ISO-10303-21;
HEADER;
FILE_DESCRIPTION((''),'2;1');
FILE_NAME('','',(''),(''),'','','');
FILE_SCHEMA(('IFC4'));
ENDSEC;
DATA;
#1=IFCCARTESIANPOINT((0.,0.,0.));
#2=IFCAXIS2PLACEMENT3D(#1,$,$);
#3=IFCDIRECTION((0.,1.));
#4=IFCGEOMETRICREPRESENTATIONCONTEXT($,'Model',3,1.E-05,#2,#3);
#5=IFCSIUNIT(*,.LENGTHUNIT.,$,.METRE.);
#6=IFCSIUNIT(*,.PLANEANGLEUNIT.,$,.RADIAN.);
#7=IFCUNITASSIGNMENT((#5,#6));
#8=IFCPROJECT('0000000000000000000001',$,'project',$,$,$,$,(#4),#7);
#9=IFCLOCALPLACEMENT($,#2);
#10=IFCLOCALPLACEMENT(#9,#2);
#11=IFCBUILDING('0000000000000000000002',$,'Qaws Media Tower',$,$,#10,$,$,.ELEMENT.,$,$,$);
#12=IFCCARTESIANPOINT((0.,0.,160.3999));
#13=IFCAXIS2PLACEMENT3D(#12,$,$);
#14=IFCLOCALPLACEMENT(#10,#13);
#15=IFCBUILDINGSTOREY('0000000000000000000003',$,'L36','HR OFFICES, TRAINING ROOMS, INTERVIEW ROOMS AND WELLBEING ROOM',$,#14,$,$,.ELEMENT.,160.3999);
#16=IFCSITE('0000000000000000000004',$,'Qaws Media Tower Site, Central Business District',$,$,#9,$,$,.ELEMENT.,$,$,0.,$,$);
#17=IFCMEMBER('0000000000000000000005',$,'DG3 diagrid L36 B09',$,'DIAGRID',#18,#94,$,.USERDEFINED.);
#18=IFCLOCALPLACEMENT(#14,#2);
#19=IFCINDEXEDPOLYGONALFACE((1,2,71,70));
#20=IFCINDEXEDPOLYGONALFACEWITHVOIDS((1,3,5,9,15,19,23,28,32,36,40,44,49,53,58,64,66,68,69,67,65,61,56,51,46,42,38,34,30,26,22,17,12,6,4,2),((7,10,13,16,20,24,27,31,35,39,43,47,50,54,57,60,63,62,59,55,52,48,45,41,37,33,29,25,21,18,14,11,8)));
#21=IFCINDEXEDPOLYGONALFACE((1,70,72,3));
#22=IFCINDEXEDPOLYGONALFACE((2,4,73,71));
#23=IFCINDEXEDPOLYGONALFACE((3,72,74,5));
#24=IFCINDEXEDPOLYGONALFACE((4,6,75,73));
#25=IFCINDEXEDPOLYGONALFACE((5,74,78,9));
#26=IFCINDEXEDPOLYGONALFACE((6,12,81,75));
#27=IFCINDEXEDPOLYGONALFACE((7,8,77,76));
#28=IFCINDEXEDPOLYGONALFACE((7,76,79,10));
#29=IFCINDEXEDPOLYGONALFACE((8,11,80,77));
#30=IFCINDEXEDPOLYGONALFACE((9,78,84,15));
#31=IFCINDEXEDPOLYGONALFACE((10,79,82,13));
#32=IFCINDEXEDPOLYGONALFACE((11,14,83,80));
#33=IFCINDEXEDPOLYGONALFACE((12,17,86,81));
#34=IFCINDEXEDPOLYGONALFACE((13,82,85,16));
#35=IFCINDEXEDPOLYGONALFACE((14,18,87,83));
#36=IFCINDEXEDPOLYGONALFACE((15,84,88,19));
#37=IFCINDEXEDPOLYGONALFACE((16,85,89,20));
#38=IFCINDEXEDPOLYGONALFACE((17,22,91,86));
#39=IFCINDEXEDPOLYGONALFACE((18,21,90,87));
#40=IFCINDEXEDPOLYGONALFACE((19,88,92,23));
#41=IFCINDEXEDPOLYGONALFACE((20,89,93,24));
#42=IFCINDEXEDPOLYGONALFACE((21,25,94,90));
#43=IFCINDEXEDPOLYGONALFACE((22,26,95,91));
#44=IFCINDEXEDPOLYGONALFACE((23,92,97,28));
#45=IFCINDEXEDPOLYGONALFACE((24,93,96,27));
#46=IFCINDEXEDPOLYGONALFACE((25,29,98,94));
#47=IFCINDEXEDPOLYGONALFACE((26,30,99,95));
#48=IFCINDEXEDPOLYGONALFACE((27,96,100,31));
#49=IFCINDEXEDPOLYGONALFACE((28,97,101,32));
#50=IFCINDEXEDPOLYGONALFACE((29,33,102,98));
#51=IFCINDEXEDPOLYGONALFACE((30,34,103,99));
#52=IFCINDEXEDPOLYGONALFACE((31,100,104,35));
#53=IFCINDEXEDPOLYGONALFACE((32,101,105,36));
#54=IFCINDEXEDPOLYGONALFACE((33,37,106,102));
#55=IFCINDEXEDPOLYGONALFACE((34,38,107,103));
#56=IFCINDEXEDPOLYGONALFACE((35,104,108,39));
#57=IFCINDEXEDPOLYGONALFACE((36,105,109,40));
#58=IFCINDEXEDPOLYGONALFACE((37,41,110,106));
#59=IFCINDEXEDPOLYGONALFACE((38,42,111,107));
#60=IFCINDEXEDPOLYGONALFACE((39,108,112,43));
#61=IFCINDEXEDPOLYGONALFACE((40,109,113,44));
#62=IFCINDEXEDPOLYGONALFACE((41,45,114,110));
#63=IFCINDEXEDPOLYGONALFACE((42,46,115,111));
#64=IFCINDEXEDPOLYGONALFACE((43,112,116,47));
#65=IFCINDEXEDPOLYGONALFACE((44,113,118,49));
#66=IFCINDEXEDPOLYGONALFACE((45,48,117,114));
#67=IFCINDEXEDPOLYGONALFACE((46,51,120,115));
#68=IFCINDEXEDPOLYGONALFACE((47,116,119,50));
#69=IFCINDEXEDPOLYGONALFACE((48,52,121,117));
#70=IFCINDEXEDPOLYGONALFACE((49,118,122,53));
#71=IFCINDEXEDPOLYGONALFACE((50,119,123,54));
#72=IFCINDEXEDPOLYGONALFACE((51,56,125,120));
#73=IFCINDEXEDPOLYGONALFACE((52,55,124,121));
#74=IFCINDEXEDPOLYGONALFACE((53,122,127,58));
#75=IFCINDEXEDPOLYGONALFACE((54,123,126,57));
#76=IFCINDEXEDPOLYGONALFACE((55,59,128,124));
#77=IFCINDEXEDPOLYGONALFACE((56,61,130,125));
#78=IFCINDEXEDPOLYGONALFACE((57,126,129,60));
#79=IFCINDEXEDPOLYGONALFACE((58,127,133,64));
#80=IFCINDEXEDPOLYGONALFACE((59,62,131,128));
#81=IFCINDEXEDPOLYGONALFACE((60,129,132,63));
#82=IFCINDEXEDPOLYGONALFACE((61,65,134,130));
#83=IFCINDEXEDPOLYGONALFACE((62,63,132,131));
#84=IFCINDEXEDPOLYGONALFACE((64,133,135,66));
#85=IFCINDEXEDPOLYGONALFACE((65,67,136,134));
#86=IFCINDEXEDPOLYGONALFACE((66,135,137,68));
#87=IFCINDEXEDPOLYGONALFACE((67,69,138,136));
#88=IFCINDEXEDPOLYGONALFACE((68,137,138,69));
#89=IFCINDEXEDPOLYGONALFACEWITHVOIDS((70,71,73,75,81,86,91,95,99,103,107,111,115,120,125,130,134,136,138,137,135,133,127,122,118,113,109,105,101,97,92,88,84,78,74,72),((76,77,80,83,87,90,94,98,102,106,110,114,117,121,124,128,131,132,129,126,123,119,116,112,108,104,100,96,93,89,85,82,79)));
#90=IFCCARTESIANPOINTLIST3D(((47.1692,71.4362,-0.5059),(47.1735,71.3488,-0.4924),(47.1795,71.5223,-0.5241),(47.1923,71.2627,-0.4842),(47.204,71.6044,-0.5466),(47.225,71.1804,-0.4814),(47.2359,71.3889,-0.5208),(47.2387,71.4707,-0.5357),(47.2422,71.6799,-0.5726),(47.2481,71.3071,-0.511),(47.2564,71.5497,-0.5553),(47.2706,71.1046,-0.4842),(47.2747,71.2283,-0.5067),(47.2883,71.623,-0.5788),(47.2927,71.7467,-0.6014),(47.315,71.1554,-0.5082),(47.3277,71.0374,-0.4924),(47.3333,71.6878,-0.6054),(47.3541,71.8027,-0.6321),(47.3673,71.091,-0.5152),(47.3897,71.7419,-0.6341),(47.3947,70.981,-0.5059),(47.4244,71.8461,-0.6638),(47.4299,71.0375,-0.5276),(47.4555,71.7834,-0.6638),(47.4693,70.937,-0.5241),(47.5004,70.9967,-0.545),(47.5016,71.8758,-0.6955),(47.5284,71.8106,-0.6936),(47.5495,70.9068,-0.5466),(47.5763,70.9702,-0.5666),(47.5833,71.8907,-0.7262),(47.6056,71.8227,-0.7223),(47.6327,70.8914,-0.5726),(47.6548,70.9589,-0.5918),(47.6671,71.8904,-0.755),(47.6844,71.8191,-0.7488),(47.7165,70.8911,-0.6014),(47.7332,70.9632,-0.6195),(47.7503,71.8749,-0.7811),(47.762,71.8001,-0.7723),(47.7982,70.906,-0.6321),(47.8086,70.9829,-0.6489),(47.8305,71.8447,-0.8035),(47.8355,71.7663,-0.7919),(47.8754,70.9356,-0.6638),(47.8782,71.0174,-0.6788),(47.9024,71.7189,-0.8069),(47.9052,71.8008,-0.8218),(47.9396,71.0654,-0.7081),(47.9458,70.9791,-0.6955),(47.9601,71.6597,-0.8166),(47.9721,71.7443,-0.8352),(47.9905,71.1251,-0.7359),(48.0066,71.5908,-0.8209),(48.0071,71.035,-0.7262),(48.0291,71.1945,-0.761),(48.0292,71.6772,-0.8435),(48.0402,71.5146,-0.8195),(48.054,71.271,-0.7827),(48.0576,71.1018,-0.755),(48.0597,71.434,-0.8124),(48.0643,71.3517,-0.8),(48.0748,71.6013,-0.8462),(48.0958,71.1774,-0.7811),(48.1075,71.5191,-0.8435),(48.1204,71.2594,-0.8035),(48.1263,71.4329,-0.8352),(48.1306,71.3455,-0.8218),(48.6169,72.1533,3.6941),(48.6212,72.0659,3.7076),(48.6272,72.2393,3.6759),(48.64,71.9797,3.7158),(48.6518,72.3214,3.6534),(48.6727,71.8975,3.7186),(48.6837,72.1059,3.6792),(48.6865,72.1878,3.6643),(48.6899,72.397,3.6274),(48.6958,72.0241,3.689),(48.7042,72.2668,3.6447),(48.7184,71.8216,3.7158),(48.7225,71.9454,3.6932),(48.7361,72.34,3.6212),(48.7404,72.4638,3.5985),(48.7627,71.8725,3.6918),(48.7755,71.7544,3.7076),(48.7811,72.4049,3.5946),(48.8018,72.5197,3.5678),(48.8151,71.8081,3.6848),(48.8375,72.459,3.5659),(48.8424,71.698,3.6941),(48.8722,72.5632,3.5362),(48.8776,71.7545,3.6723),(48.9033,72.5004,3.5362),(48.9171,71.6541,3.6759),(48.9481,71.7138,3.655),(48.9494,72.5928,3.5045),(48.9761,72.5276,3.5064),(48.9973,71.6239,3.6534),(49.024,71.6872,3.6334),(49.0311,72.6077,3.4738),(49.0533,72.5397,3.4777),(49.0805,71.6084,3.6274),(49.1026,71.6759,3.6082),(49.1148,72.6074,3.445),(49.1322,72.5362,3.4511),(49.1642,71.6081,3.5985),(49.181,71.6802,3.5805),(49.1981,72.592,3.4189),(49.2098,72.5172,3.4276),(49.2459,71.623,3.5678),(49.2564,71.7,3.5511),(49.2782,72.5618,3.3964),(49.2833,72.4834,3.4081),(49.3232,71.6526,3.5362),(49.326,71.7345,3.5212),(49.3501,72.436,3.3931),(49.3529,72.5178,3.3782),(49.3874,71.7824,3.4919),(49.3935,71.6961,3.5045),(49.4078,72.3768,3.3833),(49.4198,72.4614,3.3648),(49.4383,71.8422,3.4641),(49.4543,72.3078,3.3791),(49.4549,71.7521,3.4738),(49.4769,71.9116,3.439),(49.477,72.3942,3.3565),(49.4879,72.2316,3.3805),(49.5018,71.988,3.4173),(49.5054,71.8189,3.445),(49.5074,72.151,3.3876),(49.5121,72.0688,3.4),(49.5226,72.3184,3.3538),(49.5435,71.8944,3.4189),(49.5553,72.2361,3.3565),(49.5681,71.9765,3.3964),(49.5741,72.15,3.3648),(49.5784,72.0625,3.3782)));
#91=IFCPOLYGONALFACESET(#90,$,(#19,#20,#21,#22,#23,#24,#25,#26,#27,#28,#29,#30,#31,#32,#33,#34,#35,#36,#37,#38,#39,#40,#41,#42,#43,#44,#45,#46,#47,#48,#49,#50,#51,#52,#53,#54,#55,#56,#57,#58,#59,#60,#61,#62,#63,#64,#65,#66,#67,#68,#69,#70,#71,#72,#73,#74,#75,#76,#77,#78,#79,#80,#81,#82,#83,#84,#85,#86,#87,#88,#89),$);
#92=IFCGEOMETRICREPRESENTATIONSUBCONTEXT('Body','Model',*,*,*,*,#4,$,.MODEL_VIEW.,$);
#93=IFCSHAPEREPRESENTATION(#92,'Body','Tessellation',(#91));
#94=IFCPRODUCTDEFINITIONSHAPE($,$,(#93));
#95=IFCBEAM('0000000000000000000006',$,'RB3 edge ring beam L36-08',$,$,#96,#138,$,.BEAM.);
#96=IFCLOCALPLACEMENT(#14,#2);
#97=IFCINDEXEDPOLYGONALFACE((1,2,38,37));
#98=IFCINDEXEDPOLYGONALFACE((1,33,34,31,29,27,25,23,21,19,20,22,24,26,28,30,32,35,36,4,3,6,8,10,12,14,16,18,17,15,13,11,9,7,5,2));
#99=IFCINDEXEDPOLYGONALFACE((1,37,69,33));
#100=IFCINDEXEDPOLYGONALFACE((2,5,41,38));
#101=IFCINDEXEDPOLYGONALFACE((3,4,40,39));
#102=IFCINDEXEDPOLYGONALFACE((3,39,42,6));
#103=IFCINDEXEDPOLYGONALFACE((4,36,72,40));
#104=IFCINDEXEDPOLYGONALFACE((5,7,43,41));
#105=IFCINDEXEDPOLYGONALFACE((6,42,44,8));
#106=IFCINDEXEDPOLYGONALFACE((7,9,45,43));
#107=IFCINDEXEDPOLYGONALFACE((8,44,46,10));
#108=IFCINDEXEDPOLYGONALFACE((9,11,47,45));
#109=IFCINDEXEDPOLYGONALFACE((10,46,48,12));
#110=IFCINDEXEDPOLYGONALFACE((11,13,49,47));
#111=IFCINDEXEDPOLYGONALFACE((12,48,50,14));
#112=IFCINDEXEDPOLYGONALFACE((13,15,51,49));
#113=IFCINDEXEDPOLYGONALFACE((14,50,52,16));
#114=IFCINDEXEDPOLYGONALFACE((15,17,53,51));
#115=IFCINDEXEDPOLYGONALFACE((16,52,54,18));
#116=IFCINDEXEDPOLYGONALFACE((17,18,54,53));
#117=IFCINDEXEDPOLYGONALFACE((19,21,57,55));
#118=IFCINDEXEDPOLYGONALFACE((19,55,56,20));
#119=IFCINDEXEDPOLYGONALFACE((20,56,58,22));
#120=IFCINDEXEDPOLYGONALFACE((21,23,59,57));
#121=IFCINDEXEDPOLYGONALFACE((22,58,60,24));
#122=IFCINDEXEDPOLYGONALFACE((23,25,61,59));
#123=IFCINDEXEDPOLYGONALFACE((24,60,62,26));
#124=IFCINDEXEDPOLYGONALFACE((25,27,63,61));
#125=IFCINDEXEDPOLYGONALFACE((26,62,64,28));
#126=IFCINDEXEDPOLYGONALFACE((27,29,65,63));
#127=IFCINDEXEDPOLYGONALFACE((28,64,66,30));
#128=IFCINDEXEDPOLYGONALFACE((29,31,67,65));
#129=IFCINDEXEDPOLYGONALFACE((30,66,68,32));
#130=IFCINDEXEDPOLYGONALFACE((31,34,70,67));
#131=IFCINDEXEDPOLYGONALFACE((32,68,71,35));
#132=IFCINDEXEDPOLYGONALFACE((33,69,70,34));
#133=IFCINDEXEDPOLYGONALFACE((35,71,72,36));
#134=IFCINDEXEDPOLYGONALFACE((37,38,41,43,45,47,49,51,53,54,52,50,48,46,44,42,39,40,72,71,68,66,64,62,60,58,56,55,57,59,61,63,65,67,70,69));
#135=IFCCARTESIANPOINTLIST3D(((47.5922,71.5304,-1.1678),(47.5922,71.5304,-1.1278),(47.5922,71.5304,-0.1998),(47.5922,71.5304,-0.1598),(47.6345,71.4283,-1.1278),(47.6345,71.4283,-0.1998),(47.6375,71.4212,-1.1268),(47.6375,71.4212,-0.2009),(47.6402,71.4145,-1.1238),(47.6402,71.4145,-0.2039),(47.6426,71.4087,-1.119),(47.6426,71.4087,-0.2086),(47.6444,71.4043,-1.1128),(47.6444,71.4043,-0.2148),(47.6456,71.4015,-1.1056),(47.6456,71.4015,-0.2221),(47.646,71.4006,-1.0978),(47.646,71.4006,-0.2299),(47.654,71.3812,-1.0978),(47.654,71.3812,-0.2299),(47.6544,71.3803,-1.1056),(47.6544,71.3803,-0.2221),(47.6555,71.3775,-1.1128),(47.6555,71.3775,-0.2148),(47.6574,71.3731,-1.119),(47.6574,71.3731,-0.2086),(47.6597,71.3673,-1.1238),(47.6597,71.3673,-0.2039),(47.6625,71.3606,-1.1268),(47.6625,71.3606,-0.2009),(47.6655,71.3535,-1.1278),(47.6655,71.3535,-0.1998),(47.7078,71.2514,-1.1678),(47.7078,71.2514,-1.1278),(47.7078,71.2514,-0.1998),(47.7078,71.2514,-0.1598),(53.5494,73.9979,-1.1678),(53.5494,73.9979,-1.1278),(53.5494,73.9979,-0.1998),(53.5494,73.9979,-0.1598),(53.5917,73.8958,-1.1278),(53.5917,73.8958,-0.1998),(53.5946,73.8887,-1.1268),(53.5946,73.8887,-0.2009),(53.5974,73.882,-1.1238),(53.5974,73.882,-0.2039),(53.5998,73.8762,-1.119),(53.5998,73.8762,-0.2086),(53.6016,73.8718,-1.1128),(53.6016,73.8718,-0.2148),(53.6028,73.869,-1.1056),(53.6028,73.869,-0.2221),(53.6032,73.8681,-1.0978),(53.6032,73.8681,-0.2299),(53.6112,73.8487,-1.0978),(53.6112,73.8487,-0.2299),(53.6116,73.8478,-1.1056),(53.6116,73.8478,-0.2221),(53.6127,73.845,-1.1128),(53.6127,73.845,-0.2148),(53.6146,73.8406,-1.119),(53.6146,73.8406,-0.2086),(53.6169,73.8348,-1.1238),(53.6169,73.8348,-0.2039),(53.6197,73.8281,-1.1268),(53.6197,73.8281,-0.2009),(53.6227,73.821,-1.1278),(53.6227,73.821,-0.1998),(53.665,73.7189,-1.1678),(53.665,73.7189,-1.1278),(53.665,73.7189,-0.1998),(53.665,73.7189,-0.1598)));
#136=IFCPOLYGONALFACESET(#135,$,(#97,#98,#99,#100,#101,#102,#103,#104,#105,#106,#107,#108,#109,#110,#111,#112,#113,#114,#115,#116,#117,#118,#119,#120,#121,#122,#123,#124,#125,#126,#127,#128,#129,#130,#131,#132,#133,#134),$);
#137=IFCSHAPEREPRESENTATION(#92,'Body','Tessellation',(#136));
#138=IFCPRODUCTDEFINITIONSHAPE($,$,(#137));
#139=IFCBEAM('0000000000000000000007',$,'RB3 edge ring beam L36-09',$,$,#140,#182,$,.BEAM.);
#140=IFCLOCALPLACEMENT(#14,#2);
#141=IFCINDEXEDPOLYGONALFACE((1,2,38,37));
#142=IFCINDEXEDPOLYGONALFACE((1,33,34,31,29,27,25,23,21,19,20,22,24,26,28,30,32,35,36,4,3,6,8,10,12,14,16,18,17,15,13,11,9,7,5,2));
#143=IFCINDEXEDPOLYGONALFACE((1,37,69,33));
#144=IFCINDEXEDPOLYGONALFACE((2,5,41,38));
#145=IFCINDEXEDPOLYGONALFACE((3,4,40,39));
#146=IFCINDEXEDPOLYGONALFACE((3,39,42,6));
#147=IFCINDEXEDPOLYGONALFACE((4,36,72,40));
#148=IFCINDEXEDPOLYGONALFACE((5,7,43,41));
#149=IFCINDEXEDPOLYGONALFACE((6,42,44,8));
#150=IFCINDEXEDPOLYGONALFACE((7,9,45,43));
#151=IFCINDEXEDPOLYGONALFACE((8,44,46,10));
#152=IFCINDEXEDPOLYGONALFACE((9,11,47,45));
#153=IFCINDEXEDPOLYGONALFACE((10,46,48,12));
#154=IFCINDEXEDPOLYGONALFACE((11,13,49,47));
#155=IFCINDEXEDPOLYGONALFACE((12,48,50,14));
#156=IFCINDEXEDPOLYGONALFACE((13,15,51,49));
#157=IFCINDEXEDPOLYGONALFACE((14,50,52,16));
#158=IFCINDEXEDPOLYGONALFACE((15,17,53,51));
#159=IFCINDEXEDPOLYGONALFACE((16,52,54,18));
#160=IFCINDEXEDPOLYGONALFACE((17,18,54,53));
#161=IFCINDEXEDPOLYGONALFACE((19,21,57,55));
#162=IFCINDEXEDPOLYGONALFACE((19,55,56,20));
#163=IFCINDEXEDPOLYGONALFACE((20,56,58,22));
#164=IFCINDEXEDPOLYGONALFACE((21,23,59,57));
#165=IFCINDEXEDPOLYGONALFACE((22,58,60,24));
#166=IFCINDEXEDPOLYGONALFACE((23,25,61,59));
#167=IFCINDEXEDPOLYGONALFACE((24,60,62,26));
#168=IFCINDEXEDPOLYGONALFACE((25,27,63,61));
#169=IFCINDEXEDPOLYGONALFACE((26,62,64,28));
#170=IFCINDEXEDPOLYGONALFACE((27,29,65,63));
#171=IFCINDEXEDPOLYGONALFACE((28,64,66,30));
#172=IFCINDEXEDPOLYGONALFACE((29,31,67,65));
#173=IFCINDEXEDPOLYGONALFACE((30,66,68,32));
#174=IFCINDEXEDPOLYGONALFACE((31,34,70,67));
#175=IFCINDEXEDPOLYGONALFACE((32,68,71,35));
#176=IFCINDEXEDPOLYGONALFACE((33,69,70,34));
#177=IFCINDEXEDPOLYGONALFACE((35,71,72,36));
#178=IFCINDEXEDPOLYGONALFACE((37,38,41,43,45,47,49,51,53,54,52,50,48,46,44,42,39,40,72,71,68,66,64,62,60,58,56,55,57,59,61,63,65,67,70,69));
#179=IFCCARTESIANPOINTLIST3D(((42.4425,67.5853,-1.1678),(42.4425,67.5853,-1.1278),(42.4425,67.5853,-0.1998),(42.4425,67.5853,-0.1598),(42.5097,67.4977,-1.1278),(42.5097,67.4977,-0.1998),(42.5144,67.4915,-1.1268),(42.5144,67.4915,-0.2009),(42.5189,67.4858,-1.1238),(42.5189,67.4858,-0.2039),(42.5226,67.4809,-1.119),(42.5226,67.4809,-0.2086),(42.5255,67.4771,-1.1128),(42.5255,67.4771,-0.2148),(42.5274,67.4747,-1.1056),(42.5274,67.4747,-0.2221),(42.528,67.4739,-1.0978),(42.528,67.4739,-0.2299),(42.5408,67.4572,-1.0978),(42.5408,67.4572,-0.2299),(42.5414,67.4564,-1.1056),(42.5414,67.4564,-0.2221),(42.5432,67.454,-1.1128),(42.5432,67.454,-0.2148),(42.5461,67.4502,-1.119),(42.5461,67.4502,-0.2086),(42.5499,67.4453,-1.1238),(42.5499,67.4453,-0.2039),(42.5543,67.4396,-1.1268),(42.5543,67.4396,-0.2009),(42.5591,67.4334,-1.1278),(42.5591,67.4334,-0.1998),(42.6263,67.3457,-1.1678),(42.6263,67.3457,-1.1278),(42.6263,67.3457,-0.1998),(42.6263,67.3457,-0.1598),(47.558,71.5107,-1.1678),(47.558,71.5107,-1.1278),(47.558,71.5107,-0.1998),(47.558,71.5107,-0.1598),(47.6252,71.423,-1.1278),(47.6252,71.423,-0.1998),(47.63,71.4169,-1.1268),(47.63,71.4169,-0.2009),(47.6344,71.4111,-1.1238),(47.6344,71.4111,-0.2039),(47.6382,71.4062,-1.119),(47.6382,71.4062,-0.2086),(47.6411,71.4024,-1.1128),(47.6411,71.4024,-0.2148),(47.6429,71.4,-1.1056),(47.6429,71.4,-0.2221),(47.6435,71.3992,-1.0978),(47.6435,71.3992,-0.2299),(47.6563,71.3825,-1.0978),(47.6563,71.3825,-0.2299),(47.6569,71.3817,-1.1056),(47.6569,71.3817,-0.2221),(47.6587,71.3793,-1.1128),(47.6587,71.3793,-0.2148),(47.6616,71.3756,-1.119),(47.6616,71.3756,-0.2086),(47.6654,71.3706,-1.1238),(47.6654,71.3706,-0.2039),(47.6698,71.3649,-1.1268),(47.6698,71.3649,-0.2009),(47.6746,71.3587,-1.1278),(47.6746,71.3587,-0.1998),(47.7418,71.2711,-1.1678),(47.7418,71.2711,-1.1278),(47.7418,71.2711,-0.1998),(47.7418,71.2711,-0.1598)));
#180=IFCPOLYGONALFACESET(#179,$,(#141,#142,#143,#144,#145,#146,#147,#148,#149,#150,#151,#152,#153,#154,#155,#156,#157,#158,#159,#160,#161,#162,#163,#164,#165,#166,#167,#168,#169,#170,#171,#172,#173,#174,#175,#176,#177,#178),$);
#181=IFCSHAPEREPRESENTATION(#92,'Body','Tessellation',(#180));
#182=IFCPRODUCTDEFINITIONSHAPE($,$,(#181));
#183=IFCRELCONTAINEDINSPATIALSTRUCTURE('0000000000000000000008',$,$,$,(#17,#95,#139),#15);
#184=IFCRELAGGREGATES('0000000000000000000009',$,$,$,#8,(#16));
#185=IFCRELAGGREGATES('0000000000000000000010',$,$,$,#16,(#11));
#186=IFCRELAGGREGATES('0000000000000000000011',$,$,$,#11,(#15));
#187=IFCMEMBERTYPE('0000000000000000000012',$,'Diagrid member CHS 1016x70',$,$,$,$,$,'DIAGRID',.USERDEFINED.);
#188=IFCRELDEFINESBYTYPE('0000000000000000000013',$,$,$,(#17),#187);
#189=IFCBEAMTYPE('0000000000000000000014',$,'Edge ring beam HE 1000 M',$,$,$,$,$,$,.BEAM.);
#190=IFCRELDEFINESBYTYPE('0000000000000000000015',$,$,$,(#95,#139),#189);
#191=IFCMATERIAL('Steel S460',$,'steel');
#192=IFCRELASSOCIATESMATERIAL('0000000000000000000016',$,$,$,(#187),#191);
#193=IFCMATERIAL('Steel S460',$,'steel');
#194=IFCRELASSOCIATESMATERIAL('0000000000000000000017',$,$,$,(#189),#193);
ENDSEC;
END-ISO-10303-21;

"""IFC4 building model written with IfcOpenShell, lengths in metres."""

from ifc_helpers import new_model, si_unit, direction, frame, origin, origin_2d, place, context, subcontext, project, spatial, hollow_circle, i_section, extrude, material, material_profile, profile_set, type_object, element, save


model = new_model("IFC4")

# Units and contexts
model_context = context("Model", 3, precision=1e-05, world=origin(), true_north=direction((0.0, 1.0)))
body_context = subcontext(model_context, "Body", "Model", "MODEL_VIEW")
ifc_project = project(units=[si_unit("LENGTHUNIT", "METRE"), si_unit("PLANEANGLEUNIT", "RADIAN")], contexts=[model_context])

# Site, building, storey
site_placement = place(None, origin())
site = spatial("IfcSite", under=ifc_project, at=site_placement, Name="Qaws Media Tower Site, Central Business District", CompositionType="ELEMENT", RefElevation=0.0)
building_placement = place(site_placement, origin())
building = spatial("IfcBuilding", under=site, at=building_placement, Name="Qaws Media Tower", CompositionType="ELEMENT")
storey_placement = place(building_placement, frame((0.0, 0.0, 160.3999)))
storey = spatial("IfcBuildingStorey", under=building, at=storey_placement, Name="L36", Description="HR OFFICES, TRAINING ROOMS, INTERVIEW ROOMS AND WELLBEING ROOM", CompositionType="ELEMENT", Elevation=160.3999)

# Member
ifc_material_1 = material(Name="Steel S460", Category="steel")
ifc_material_profile_1 = material_profile(ifc_material_1, hollow_circle(Radius=0.5081, WallThickness=0.0701, at=origin_2d()), Name="CHS 1016x70")
ifc_profile_set_1 = profile_set([ifc_material_profile_1], Name="Steel S460")
member_type_1 = type_object("IfcMemberType", Name="Diagrid member CHS 1016x70", ElementType="DIAGRID", PredefinedType="USERDEFINED", material=ifc_profile_set_1)
for number, where, z_axis, x_axis, name in (
    (1, (47.6499, 71.3909, -0.6638), (0.321725, 0.159344, 0.933329), (-0.443825, 0.896113, 0.0), "DG3 diagrid L36 B09"),
):
    element("IfcMember", number, at=place(storey_placement, frame(where, z_axis=z_axis, x_axis=x_axis)), inside=storey, type_object=member_type_1, Name=name, ObjectType="DIAGRID", PredefinedType="USERDEFINED", context=body_context, shape_type="SweptSolid", body=[
        extrude(hollow_circle(Radius=0.5081, WallThickness=0.0701, at=origin_2d()), origin(), (0.0, 0.0, 1.0), 4.5),
    ])

# Beams
ifc_material_2 = material(Name="Steel S460", Category="steel")
ifc_material_profile_2 = material_profile(ifc_material_2, i_section(OverallWidth=0.302, OverallDepth=1.0081, WebThickness=0.021, FlangeThickness=0.04, FilletRadius=0.03, at=origin_2d()), Name="HE 1000 M")
ifc_profile_set_2 = profile_set([ifc_material_profile_2], Name="Steel S460")
beam_type_1 = type_object("IfcBeamType", Name="Edge ring beam HE 1000 M", PredefinedType="BEAM", material=ifc_profile_set_2)
for number, where, z_axis, x_axis, name in (
    (2, (53.6072, 73.8584, -0.6638), (-0.923883, -0.382676, 0.0), (0.382676, -0.923883, 0.0), "RB3 edge ring beam L36-08"),
    (3, (47.6499, 71.3909, -0.6638), (-0.79335, -0.608766, 0.0), (0.608766, -0.79335, 0.0), "RB3 edge ring beam L36-09"),
):
    element("IfcBeam", number, at=place(storey_placement, frame(where, z_axis=z_axis, x_axis=x_axis)), inside=storey, type_object=beam_type_1, Name=name, PredefinedType="BEAM", context=body_context, shape_type="SweptSolid", body=[
        extrude(i_section(OverallWidth=0.302, OverallDepth=1.0081, WebThickness=0.021, FlangeThickness=0.04, FilletRadius=0.03, at=origin_2d()), origin(), (0.0, 0.0, 1.0), 6.448),
    ])

save(model, "model.ifc")
